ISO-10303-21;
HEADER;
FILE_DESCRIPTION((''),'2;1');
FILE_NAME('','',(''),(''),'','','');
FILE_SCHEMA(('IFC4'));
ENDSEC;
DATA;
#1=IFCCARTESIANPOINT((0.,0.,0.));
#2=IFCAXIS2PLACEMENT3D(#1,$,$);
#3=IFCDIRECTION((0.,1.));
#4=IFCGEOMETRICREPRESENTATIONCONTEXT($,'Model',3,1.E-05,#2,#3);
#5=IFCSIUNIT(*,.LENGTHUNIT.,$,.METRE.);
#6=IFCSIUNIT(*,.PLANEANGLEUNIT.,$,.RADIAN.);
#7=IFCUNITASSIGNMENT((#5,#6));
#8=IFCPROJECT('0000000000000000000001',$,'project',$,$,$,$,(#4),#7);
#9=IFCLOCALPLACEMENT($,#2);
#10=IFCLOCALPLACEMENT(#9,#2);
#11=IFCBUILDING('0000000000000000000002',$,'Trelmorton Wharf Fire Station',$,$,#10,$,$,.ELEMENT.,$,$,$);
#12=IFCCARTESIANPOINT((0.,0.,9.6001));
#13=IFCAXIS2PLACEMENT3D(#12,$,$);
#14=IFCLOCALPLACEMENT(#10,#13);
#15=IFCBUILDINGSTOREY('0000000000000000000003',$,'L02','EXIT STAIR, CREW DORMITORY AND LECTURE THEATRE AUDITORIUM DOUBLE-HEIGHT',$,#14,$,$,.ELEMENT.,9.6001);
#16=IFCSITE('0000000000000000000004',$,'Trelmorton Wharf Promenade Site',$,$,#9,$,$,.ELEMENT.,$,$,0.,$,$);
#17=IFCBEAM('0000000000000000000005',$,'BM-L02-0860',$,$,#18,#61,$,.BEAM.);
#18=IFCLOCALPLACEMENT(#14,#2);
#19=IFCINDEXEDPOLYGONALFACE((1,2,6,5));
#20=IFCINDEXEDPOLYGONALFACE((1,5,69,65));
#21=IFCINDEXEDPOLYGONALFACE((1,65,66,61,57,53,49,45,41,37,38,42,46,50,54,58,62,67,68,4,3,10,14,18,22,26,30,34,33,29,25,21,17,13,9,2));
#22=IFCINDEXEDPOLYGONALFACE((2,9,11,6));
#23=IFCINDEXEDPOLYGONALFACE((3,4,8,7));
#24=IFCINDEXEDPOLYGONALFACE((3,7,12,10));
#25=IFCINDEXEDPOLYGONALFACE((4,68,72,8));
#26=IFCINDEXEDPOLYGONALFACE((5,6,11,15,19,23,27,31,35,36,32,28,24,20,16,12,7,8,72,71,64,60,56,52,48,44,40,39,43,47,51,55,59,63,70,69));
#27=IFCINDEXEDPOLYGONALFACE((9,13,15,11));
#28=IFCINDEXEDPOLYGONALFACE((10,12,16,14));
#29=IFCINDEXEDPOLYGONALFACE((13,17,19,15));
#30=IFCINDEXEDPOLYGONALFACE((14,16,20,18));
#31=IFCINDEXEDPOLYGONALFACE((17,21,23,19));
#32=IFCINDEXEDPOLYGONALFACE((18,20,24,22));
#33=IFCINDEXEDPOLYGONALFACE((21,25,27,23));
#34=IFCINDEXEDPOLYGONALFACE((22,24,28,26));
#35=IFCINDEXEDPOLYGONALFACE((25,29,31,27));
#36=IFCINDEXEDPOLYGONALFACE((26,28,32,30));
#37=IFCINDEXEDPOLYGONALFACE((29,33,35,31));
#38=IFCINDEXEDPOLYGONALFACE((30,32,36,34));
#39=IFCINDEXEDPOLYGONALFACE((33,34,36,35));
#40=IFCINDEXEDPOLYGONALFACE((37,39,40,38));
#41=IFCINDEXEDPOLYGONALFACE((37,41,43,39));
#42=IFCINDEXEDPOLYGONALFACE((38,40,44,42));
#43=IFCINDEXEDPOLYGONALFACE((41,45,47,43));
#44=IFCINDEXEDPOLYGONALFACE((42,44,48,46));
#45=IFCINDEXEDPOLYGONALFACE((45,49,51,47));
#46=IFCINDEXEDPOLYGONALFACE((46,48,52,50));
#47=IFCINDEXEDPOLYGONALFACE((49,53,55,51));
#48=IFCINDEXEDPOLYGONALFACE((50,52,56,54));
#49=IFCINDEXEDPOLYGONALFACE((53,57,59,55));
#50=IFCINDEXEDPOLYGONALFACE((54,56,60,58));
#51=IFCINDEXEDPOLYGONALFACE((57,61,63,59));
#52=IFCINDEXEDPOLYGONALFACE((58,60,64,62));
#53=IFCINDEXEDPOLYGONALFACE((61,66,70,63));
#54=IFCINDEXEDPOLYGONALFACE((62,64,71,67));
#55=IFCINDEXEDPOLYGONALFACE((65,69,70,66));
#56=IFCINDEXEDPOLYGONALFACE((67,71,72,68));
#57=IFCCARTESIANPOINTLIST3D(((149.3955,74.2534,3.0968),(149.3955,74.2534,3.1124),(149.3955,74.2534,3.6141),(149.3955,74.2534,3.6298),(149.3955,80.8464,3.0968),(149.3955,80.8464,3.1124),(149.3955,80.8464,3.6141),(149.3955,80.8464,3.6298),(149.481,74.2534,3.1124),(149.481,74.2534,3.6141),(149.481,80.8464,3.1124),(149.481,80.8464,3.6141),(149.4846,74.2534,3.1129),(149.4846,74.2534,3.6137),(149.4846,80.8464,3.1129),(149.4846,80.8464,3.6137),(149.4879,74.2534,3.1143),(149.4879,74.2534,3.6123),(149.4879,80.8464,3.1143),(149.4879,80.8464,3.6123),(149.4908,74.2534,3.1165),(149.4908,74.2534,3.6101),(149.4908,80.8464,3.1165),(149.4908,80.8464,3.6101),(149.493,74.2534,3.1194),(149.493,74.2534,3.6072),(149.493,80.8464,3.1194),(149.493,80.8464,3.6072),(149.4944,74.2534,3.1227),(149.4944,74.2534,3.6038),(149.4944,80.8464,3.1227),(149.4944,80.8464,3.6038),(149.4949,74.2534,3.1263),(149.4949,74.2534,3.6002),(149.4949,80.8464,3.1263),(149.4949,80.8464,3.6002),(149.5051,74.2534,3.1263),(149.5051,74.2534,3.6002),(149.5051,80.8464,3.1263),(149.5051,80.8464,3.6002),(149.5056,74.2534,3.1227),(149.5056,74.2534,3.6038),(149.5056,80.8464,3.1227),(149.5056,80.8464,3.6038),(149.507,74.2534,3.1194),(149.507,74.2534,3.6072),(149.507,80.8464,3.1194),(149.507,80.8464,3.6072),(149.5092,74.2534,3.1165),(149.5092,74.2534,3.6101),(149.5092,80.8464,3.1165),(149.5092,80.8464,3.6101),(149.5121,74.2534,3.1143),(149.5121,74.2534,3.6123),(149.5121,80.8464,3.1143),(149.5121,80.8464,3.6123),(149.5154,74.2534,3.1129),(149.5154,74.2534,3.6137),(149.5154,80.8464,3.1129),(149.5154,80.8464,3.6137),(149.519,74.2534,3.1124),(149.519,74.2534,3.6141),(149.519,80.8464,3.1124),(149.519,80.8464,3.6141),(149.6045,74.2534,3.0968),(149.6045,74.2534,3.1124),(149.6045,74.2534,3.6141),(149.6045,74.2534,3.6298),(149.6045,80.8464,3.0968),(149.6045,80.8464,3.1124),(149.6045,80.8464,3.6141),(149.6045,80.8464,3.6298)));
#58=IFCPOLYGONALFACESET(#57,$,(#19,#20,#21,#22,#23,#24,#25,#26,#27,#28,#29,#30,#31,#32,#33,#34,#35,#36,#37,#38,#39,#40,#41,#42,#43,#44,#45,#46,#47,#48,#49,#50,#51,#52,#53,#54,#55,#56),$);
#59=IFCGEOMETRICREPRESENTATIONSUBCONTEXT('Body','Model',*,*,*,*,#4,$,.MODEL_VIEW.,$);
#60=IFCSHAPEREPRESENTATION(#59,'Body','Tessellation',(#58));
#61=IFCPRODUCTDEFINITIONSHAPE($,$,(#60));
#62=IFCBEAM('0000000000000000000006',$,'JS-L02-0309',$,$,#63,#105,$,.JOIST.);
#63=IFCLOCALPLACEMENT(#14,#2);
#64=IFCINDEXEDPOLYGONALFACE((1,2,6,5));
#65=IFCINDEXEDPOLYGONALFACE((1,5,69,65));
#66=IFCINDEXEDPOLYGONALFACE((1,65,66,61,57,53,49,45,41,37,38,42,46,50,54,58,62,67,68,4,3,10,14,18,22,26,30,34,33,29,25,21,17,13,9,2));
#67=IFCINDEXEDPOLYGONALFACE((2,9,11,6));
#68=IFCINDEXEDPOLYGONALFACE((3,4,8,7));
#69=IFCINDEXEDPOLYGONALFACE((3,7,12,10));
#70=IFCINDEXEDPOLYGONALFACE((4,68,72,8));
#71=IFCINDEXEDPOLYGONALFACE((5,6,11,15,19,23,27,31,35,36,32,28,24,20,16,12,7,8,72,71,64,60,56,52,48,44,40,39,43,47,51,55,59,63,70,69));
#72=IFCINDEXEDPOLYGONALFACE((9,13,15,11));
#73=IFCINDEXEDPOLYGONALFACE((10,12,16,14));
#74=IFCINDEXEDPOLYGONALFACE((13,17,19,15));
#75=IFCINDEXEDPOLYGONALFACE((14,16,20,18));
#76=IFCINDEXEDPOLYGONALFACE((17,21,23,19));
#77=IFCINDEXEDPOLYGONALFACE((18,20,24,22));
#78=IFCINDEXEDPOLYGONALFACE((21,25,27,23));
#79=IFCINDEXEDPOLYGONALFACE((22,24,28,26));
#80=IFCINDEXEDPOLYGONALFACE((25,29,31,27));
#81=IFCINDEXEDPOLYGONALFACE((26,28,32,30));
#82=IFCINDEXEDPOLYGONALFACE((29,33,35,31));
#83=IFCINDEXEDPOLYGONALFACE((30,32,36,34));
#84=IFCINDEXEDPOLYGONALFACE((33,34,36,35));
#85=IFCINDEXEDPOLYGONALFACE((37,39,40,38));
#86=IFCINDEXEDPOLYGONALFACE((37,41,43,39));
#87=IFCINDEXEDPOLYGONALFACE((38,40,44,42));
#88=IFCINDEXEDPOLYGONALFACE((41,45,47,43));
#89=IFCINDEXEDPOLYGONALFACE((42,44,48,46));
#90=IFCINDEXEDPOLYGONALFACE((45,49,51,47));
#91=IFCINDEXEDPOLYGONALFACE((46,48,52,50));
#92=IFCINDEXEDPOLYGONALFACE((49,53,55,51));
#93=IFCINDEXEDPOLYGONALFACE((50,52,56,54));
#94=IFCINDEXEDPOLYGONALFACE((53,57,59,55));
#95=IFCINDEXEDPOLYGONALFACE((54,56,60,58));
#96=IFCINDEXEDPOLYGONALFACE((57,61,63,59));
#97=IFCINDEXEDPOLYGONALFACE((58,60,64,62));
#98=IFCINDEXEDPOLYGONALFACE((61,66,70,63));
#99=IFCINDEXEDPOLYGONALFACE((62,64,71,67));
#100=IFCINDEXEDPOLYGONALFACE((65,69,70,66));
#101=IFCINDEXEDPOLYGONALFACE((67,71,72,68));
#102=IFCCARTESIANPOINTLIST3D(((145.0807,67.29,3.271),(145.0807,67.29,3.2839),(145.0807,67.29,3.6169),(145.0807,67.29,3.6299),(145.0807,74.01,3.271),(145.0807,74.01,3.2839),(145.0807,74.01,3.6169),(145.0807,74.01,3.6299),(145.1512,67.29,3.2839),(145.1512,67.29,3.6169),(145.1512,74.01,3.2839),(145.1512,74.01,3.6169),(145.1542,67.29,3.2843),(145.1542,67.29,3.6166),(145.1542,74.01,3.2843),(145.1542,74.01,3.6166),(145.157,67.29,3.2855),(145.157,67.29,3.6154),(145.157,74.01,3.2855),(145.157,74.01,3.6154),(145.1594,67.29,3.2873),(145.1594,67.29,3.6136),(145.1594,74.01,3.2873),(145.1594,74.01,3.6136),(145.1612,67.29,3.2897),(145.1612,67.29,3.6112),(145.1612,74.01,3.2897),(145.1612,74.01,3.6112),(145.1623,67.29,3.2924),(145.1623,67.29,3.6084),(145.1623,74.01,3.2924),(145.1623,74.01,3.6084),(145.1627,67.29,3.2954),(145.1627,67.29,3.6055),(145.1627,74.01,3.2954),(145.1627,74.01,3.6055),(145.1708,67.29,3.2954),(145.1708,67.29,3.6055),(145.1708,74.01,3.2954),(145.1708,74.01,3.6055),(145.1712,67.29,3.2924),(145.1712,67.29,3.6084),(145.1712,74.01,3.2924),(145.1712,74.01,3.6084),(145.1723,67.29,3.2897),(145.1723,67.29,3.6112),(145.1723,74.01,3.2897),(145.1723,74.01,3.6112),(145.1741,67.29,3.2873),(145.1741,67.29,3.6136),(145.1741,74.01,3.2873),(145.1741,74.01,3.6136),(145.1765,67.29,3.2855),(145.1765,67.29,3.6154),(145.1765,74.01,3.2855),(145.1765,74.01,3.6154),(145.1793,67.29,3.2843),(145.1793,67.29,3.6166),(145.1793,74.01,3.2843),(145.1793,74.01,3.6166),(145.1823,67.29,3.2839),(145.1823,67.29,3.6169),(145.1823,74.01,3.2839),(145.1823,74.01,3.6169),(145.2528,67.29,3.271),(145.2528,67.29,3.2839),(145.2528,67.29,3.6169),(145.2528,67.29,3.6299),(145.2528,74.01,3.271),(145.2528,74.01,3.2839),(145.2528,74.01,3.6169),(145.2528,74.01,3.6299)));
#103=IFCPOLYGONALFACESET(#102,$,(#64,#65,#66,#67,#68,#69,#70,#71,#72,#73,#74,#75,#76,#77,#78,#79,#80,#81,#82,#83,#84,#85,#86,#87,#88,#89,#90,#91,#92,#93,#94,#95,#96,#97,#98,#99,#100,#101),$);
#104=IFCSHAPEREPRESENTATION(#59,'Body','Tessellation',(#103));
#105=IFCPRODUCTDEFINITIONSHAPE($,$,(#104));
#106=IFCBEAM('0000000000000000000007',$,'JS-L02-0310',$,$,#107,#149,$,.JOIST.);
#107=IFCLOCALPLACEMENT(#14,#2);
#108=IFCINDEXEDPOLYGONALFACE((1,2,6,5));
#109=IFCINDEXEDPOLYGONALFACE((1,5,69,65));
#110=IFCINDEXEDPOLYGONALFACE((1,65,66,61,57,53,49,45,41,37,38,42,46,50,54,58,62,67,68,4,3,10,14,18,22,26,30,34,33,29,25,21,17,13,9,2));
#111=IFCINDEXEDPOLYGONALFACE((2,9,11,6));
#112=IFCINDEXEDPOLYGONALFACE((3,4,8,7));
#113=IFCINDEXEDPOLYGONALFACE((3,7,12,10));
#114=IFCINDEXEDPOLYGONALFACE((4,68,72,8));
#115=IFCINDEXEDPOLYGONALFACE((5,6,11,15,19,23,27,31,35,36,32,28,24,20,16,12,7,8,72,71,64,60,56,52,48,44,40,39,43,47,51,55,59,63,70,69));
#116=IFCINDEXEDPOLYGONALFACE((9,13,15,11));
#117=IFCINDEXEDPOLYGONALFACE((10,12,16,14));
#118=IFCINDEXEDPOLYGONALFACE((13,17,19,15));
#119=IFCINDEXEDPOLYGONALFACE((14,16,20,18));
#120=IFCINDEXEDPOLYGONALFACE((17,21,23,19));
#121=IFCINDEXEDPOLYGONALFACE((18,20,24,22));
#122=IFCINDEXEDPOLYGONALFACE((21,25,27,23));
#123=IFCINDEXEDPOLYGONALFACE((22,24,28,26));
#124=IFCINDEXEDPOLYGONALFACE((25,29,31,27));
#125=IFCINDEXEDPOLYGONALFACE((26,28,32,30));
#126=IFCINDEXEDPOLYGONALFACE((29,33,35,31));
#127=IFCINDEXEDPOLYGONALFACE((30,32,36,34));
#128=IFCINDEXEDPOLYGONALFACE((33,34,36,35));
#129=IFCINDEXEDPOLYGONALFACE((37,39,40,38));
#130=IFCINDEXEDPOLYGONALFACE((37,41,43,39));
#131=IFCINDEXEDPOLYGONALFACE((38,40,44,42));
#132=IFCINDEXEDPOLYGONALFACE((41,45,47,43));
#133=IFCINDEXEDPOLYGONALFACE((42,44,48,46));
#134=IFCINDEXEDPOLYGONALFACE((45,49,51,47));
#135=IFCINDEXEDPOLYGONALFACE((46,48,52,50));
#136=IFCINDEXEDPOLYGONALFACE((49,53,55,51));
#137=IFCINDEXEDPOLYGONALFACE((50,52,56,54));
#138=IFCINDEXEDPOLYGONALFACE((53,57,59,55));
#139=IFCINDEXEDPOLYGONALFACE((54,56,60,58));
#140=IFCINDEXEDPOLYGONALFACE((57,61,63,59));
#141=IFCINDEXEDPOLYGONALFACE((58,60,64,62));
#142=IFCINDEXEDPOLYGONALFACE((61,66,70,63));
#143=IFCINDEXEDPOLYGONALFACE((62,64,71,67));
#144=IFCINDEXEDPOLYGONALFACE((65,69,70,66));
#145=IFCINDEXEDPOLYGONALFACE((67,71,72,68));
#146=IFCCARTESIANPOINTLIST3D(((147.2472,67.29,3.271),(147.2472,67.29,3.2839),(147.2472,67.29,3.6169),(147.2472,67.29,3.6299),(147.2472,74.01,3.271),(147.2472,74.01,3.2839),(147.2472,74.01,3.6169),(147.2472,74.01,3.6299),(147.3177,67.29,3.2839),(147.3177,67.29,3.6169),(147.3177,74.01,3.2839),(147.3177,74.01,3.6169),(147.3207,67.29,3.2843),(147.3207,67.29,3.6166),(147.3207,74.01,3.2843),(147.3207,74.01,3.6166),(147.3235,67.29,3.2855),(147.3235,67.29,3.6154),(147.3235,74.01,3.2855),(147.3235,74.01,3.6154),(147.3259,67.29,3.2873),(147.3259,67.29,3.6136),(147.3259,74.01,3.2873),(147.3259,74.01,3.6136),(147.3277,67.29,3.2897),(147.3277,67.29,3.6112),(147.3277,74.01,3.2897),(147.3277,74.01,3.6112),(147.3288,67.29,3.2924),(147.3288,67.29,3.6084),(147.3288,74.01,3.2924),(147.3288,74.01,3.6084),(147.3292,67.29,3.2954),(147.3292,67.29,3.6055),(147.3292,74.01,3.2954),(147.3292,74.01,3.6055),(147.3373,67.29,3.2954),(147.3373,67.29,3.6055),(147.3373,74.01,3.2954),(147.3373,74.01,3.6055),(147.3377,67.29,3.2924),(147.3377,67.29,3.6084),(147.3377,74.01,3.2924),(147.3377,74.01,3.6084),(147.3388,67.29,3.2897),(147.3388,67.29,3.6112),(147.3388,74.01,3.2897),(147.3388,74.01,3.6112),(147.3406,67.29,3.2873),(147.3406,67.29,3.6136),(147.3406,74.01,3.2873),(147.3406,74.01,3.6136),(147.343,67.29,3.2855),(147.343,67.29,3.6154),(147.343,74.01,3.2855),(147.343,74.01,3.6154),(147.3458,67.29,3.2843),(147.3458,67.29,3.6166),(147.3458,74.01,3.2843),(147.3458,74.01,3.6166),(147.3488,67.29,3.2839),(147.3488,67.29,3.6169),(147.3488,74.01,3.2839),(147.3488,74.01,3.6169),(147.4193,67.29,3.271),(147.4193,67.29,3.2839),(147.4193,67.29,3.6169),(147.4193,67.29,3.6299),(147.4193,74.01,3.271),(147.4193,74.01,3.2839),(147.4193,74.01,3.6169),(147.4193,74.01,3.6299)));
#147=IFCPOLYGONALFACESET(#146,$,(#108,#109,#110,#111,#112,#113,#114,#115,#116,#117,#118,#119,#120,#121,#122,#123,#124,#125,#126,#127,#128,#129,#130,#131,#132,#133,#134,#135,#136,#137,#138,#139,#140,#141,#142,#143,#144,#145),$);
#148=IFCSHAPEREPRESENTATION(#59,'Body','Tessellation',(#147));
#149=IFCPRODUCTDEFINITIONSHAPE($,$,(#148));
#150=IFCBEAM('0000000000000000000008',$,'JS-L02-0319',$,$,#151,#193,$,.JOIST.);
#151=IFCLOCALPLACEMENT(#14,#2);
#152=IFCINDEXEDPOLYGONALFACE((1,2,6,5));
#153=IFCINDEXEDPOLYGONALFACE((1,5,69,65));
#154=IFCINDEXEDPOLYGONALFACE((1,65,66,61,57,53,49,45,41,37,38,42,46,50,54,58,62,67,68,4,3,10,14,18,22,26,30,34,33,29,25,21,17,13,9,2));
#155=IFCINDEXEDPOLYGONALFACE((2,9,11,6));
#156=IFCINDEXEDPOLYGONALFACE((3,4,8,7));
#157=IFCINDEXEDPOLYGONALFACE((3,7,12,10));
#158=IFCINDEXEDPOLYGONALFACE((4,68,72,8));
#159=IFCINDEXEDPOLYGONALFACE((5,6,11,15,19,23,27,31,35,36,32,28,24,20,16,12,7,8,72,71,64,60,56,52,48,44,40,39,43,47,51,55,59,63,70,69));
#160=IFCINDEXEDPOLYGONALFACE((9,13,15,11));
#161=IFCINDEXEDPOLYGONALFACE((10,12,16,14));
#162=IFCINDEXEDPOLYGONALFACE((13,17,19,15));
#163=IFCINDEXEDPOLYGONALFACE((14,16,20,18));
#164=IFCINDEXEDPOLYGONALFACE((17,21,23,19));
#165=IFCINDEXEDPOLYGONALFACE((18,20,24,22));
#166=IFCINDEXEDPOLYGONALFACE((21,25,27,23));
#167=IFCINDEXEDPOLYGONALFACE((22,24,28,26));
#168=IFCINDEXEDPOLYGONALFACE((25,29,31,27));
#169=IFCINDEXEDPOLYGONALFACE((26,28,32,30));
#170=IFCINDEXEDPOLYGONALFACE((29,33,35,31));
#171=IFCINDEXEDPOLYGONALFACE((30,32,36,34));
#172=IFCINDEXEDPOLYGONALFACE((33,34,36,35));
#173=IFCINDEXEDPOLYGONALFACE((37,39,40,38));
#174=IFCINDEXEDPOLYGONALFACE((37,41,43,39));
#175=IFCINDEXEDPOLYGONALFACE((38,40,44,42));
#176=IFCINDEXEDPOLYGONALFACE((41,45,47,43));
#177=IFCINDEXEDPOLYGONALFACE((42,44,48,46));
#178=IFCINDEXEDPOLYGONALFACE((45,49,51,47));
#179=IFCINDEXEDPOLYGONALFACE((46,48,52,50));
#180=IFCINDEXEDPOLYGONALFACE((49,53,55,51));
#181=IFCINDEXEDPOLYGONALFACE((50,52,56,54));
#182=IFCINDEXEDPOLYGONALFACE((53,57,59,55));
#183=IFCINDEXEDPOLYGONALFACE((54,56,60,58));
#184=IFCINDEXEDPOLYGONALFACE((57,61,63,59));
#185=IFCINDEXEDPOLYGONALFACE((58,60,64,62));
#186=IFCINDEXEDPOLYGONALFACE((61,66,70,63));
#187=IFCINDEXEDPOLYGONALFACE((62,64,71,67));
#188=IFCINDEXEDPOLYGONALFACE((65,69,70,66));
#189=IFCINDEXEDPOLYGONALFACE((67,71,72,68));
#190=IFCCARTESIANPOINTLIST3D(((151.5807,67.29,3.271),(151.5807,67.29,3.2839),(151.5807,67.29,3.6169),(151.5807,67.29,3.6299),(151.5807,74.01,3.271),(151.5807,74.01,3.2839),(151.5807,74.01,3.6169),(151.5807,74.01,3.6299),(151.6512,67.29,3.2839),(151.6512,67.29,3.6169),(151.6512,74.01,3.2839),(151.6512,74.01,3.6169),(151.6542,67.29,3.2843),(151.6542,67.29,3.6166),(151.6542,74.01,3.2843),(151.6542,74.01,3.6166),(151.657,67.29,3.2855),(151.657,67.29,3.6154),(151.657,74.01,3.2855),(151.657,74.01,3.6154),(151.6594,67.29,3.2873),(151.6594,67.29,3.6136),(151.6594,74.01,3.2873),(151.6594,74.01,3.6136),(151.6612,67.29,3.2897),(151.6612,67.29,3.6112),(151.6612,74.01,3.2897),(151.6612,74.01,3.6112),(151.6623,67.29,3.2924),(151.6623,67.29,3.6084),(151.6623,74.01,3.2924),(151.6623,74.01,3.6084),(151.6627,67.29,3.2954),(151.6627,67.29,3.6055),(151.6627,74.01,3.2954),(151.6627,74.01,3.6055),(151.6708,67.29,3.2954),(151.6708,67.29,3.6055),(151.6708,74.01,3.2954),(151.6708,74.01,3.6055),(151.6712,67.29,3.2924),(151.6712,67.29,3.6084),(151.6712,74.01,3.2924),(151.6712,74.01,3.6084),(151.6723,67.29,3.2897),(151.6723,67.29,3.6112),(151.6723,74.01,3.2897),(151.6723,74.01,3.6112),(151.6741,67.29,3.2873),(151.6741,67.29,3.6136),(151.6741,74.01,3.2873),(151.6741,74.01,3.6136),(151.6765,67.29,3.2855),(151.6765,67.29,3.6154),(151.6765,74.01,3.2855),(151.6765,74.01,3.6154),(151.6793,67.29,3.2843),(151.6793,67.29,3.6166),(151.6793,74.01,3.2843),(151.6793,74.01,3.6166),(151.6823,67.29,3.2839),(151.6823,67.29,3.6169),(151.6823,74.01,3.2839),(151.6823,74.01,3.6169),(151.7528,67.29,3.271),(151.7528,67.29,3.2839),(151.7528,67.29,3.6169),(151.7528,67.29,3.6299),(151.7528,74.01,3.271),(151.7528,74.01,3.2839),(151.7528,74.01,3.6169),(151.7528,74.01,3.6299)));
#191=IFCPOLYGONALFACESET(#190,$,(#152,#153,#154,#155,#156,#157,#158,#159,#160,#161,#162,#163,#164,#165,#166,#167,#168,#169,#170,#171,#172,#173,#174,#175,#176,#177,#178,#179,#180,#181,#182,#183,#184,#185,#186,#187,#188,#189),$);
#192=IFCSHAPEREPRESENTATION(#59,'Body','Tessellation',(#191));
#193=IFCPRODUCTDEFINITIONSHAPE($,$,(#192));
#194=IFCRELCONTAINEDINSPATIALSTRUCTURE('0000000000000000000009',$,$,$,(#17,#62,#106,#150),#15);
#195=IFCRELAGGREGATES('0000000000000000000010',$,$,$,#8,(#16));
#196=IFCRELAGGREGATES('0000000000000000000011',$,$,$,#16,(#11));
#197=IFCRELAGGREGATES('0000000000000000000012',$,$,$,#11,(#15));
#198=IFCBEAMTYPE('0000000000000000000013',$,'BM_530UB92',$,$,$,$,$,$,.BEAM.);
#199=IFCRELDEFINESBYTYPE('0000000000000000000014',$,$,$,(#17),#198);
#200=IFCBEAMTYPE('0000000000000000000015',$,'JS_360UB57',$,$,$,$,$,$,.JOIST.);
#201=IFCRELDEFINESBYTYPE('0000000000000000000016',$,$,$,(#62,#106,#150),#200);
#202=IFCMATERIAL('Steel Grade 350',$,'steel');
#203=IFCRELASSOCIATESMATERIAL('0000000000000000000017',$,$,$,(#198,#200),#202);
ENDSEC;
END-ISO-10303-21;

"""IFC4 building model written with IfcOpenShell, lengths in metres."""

from ifc_helpers import new_model, si_unit, direction, frame, origin, origin_2d, place, context, subcontext, project, spatial, i_section, extrude, material, material_profile, profile_set, type_object, element, save


model = new_model("IFC4")

# Units and contexts
model_context = context("Model", 3, precision=1e-05, world=origin(), true_north=direction((0.0, 1.0)))
body_context = subcontext(model_context, "Body", "Model", "MODEL_VIEW")
ifc_project = project(units=[si_unit("LENGTHUNIT", "METRE"), si_unit("PLANEANGLEUNIT", "RADIAN")], contexts=[model_context])

# Site, building, storey
site_placement = place(None, origin())
site = spatial("IfcSite", under=ifc_project, at=site_placement, Name="Trelmorton Wharf Promenade Site", CompositionType="ELEMENT", RefElevation=0.0)
building_placement = place(site_placement, origin())
building = spatial("IfcBuilding", under=site, at=building_placement, Name="Trelmorton Wharf Fire Station", CompositionType="ELEMENT")
storey_placement = place(building_placement, frame((0.0, 0.0, 9.6001)))
storey = spatial("IfcBuildingStorey", under=building, at=storey_placement, Name="L02", Description="EXIT STAIR, CREW DORMITORY AND LECTURE THEATRE AUDITORIUM DOUBLE-HEIGHT", CompositionType="ELEMENT", Elevation=9.6001)

# Shared definitions
ifc_material_1 = material(Name="Steel Grade 350", Category="steel")

# Beams
ifc_material_profile_1 = material_profile(ifc_material_1, i_section(OverallWidth=0.209, OverallDepth=0.533, WebThickness=0.0103, FlangeThickness=0.0156, FilletRadius=0.0139, at=origin_2d()), Name="530UB92.4")
ifc_profile_set_1 = profile_set([ifc_material_profile_1], Name="Steel Grade 350")
beam_type_1 = type_object("IfcBeamType", Name="BM_530UB92", PredefinedType="BEAM", material=ifc_profile_set_1)
for number, where, z_axis, x_axis, name in (
    (1, (149.5, 74.2534, 3.3633), (0.0, 1.0, 0.0), (-1.0, 0.0, 0.0), "BM-L02-0860"),
):
    element("IfcBeam", number, at=place(storey_placement, frame(where, z_axis=z_axis, x_axis=x_axis)), inside=storey, type_object=beam_type_1, Name=name, PredefinedType="BEAM", context=body_context, shape_type="SweptSolid", body=[
        extrude(i_section(OverallWidth=0.209, OverallDepth=0.533, WebThickness=0.0103, FlangeThickness=0.0156, FilletRadius=0.0139, at=origin_2d()), origin(), (0.0, 0.0, 1.0), 6.593),
    ])
ifc_material_profile_2 = material_profile(ifc_material_1, i_section(OverallWidth=0.1721, OverallDepth=0.3589, WebThickness=0.0081, FlangeThickness=0.0129, FilletRadius=0.0115, at=origin_2d()), Name="360UB56.7")
ifc_profile_set_2 = profile_set([ifc_material_profile_2], Name="Steel Grade 350")
beam_type_2 = type_object("IfcBeamType", Name="JS_360UB57", PredefinedType="JOIST", material=ifc_profile_set_2)
for number, where, z_axis, x_axis, name in (
    (2, (145.1667, 67.29, 3.4504), (0.0, 1.0, 0.0), (-1.0, 0.0, 0.0), "JS-L02-0309"),
    (3, (147.3333, 67.29, 3.4504), (0.0, 1.0, 0.0), (-1.0, 0.0, 0.0), "JS-L02-0310"),
    (4, (151.6667, 67.29, 3.4504), (0.0, 1.0, 0.0), (-1.0, 0.0, 0.0), "JS-L02-0319"),
):
    element("IfcBeam", number, at=place(storey_placement, frame(where, z_axis=z_axis, x_axis=x_axis)), inside=storey, type_object=beam_type_2, Name=name, PredefinedType="JOIST", context=body_context, shape_type="SweptSolid", body=[
        extrude(i_section(OverallWidth=0.1721, OverallDepth=0.3589, WebThickness=0.0081, FlangeThickness=0.0129, FilletRadius=0.0115, at=origin_2d()), origin(), (0.0, 0.0, 1.0), 6.72),
    ])

save(model, "model.ifc")
